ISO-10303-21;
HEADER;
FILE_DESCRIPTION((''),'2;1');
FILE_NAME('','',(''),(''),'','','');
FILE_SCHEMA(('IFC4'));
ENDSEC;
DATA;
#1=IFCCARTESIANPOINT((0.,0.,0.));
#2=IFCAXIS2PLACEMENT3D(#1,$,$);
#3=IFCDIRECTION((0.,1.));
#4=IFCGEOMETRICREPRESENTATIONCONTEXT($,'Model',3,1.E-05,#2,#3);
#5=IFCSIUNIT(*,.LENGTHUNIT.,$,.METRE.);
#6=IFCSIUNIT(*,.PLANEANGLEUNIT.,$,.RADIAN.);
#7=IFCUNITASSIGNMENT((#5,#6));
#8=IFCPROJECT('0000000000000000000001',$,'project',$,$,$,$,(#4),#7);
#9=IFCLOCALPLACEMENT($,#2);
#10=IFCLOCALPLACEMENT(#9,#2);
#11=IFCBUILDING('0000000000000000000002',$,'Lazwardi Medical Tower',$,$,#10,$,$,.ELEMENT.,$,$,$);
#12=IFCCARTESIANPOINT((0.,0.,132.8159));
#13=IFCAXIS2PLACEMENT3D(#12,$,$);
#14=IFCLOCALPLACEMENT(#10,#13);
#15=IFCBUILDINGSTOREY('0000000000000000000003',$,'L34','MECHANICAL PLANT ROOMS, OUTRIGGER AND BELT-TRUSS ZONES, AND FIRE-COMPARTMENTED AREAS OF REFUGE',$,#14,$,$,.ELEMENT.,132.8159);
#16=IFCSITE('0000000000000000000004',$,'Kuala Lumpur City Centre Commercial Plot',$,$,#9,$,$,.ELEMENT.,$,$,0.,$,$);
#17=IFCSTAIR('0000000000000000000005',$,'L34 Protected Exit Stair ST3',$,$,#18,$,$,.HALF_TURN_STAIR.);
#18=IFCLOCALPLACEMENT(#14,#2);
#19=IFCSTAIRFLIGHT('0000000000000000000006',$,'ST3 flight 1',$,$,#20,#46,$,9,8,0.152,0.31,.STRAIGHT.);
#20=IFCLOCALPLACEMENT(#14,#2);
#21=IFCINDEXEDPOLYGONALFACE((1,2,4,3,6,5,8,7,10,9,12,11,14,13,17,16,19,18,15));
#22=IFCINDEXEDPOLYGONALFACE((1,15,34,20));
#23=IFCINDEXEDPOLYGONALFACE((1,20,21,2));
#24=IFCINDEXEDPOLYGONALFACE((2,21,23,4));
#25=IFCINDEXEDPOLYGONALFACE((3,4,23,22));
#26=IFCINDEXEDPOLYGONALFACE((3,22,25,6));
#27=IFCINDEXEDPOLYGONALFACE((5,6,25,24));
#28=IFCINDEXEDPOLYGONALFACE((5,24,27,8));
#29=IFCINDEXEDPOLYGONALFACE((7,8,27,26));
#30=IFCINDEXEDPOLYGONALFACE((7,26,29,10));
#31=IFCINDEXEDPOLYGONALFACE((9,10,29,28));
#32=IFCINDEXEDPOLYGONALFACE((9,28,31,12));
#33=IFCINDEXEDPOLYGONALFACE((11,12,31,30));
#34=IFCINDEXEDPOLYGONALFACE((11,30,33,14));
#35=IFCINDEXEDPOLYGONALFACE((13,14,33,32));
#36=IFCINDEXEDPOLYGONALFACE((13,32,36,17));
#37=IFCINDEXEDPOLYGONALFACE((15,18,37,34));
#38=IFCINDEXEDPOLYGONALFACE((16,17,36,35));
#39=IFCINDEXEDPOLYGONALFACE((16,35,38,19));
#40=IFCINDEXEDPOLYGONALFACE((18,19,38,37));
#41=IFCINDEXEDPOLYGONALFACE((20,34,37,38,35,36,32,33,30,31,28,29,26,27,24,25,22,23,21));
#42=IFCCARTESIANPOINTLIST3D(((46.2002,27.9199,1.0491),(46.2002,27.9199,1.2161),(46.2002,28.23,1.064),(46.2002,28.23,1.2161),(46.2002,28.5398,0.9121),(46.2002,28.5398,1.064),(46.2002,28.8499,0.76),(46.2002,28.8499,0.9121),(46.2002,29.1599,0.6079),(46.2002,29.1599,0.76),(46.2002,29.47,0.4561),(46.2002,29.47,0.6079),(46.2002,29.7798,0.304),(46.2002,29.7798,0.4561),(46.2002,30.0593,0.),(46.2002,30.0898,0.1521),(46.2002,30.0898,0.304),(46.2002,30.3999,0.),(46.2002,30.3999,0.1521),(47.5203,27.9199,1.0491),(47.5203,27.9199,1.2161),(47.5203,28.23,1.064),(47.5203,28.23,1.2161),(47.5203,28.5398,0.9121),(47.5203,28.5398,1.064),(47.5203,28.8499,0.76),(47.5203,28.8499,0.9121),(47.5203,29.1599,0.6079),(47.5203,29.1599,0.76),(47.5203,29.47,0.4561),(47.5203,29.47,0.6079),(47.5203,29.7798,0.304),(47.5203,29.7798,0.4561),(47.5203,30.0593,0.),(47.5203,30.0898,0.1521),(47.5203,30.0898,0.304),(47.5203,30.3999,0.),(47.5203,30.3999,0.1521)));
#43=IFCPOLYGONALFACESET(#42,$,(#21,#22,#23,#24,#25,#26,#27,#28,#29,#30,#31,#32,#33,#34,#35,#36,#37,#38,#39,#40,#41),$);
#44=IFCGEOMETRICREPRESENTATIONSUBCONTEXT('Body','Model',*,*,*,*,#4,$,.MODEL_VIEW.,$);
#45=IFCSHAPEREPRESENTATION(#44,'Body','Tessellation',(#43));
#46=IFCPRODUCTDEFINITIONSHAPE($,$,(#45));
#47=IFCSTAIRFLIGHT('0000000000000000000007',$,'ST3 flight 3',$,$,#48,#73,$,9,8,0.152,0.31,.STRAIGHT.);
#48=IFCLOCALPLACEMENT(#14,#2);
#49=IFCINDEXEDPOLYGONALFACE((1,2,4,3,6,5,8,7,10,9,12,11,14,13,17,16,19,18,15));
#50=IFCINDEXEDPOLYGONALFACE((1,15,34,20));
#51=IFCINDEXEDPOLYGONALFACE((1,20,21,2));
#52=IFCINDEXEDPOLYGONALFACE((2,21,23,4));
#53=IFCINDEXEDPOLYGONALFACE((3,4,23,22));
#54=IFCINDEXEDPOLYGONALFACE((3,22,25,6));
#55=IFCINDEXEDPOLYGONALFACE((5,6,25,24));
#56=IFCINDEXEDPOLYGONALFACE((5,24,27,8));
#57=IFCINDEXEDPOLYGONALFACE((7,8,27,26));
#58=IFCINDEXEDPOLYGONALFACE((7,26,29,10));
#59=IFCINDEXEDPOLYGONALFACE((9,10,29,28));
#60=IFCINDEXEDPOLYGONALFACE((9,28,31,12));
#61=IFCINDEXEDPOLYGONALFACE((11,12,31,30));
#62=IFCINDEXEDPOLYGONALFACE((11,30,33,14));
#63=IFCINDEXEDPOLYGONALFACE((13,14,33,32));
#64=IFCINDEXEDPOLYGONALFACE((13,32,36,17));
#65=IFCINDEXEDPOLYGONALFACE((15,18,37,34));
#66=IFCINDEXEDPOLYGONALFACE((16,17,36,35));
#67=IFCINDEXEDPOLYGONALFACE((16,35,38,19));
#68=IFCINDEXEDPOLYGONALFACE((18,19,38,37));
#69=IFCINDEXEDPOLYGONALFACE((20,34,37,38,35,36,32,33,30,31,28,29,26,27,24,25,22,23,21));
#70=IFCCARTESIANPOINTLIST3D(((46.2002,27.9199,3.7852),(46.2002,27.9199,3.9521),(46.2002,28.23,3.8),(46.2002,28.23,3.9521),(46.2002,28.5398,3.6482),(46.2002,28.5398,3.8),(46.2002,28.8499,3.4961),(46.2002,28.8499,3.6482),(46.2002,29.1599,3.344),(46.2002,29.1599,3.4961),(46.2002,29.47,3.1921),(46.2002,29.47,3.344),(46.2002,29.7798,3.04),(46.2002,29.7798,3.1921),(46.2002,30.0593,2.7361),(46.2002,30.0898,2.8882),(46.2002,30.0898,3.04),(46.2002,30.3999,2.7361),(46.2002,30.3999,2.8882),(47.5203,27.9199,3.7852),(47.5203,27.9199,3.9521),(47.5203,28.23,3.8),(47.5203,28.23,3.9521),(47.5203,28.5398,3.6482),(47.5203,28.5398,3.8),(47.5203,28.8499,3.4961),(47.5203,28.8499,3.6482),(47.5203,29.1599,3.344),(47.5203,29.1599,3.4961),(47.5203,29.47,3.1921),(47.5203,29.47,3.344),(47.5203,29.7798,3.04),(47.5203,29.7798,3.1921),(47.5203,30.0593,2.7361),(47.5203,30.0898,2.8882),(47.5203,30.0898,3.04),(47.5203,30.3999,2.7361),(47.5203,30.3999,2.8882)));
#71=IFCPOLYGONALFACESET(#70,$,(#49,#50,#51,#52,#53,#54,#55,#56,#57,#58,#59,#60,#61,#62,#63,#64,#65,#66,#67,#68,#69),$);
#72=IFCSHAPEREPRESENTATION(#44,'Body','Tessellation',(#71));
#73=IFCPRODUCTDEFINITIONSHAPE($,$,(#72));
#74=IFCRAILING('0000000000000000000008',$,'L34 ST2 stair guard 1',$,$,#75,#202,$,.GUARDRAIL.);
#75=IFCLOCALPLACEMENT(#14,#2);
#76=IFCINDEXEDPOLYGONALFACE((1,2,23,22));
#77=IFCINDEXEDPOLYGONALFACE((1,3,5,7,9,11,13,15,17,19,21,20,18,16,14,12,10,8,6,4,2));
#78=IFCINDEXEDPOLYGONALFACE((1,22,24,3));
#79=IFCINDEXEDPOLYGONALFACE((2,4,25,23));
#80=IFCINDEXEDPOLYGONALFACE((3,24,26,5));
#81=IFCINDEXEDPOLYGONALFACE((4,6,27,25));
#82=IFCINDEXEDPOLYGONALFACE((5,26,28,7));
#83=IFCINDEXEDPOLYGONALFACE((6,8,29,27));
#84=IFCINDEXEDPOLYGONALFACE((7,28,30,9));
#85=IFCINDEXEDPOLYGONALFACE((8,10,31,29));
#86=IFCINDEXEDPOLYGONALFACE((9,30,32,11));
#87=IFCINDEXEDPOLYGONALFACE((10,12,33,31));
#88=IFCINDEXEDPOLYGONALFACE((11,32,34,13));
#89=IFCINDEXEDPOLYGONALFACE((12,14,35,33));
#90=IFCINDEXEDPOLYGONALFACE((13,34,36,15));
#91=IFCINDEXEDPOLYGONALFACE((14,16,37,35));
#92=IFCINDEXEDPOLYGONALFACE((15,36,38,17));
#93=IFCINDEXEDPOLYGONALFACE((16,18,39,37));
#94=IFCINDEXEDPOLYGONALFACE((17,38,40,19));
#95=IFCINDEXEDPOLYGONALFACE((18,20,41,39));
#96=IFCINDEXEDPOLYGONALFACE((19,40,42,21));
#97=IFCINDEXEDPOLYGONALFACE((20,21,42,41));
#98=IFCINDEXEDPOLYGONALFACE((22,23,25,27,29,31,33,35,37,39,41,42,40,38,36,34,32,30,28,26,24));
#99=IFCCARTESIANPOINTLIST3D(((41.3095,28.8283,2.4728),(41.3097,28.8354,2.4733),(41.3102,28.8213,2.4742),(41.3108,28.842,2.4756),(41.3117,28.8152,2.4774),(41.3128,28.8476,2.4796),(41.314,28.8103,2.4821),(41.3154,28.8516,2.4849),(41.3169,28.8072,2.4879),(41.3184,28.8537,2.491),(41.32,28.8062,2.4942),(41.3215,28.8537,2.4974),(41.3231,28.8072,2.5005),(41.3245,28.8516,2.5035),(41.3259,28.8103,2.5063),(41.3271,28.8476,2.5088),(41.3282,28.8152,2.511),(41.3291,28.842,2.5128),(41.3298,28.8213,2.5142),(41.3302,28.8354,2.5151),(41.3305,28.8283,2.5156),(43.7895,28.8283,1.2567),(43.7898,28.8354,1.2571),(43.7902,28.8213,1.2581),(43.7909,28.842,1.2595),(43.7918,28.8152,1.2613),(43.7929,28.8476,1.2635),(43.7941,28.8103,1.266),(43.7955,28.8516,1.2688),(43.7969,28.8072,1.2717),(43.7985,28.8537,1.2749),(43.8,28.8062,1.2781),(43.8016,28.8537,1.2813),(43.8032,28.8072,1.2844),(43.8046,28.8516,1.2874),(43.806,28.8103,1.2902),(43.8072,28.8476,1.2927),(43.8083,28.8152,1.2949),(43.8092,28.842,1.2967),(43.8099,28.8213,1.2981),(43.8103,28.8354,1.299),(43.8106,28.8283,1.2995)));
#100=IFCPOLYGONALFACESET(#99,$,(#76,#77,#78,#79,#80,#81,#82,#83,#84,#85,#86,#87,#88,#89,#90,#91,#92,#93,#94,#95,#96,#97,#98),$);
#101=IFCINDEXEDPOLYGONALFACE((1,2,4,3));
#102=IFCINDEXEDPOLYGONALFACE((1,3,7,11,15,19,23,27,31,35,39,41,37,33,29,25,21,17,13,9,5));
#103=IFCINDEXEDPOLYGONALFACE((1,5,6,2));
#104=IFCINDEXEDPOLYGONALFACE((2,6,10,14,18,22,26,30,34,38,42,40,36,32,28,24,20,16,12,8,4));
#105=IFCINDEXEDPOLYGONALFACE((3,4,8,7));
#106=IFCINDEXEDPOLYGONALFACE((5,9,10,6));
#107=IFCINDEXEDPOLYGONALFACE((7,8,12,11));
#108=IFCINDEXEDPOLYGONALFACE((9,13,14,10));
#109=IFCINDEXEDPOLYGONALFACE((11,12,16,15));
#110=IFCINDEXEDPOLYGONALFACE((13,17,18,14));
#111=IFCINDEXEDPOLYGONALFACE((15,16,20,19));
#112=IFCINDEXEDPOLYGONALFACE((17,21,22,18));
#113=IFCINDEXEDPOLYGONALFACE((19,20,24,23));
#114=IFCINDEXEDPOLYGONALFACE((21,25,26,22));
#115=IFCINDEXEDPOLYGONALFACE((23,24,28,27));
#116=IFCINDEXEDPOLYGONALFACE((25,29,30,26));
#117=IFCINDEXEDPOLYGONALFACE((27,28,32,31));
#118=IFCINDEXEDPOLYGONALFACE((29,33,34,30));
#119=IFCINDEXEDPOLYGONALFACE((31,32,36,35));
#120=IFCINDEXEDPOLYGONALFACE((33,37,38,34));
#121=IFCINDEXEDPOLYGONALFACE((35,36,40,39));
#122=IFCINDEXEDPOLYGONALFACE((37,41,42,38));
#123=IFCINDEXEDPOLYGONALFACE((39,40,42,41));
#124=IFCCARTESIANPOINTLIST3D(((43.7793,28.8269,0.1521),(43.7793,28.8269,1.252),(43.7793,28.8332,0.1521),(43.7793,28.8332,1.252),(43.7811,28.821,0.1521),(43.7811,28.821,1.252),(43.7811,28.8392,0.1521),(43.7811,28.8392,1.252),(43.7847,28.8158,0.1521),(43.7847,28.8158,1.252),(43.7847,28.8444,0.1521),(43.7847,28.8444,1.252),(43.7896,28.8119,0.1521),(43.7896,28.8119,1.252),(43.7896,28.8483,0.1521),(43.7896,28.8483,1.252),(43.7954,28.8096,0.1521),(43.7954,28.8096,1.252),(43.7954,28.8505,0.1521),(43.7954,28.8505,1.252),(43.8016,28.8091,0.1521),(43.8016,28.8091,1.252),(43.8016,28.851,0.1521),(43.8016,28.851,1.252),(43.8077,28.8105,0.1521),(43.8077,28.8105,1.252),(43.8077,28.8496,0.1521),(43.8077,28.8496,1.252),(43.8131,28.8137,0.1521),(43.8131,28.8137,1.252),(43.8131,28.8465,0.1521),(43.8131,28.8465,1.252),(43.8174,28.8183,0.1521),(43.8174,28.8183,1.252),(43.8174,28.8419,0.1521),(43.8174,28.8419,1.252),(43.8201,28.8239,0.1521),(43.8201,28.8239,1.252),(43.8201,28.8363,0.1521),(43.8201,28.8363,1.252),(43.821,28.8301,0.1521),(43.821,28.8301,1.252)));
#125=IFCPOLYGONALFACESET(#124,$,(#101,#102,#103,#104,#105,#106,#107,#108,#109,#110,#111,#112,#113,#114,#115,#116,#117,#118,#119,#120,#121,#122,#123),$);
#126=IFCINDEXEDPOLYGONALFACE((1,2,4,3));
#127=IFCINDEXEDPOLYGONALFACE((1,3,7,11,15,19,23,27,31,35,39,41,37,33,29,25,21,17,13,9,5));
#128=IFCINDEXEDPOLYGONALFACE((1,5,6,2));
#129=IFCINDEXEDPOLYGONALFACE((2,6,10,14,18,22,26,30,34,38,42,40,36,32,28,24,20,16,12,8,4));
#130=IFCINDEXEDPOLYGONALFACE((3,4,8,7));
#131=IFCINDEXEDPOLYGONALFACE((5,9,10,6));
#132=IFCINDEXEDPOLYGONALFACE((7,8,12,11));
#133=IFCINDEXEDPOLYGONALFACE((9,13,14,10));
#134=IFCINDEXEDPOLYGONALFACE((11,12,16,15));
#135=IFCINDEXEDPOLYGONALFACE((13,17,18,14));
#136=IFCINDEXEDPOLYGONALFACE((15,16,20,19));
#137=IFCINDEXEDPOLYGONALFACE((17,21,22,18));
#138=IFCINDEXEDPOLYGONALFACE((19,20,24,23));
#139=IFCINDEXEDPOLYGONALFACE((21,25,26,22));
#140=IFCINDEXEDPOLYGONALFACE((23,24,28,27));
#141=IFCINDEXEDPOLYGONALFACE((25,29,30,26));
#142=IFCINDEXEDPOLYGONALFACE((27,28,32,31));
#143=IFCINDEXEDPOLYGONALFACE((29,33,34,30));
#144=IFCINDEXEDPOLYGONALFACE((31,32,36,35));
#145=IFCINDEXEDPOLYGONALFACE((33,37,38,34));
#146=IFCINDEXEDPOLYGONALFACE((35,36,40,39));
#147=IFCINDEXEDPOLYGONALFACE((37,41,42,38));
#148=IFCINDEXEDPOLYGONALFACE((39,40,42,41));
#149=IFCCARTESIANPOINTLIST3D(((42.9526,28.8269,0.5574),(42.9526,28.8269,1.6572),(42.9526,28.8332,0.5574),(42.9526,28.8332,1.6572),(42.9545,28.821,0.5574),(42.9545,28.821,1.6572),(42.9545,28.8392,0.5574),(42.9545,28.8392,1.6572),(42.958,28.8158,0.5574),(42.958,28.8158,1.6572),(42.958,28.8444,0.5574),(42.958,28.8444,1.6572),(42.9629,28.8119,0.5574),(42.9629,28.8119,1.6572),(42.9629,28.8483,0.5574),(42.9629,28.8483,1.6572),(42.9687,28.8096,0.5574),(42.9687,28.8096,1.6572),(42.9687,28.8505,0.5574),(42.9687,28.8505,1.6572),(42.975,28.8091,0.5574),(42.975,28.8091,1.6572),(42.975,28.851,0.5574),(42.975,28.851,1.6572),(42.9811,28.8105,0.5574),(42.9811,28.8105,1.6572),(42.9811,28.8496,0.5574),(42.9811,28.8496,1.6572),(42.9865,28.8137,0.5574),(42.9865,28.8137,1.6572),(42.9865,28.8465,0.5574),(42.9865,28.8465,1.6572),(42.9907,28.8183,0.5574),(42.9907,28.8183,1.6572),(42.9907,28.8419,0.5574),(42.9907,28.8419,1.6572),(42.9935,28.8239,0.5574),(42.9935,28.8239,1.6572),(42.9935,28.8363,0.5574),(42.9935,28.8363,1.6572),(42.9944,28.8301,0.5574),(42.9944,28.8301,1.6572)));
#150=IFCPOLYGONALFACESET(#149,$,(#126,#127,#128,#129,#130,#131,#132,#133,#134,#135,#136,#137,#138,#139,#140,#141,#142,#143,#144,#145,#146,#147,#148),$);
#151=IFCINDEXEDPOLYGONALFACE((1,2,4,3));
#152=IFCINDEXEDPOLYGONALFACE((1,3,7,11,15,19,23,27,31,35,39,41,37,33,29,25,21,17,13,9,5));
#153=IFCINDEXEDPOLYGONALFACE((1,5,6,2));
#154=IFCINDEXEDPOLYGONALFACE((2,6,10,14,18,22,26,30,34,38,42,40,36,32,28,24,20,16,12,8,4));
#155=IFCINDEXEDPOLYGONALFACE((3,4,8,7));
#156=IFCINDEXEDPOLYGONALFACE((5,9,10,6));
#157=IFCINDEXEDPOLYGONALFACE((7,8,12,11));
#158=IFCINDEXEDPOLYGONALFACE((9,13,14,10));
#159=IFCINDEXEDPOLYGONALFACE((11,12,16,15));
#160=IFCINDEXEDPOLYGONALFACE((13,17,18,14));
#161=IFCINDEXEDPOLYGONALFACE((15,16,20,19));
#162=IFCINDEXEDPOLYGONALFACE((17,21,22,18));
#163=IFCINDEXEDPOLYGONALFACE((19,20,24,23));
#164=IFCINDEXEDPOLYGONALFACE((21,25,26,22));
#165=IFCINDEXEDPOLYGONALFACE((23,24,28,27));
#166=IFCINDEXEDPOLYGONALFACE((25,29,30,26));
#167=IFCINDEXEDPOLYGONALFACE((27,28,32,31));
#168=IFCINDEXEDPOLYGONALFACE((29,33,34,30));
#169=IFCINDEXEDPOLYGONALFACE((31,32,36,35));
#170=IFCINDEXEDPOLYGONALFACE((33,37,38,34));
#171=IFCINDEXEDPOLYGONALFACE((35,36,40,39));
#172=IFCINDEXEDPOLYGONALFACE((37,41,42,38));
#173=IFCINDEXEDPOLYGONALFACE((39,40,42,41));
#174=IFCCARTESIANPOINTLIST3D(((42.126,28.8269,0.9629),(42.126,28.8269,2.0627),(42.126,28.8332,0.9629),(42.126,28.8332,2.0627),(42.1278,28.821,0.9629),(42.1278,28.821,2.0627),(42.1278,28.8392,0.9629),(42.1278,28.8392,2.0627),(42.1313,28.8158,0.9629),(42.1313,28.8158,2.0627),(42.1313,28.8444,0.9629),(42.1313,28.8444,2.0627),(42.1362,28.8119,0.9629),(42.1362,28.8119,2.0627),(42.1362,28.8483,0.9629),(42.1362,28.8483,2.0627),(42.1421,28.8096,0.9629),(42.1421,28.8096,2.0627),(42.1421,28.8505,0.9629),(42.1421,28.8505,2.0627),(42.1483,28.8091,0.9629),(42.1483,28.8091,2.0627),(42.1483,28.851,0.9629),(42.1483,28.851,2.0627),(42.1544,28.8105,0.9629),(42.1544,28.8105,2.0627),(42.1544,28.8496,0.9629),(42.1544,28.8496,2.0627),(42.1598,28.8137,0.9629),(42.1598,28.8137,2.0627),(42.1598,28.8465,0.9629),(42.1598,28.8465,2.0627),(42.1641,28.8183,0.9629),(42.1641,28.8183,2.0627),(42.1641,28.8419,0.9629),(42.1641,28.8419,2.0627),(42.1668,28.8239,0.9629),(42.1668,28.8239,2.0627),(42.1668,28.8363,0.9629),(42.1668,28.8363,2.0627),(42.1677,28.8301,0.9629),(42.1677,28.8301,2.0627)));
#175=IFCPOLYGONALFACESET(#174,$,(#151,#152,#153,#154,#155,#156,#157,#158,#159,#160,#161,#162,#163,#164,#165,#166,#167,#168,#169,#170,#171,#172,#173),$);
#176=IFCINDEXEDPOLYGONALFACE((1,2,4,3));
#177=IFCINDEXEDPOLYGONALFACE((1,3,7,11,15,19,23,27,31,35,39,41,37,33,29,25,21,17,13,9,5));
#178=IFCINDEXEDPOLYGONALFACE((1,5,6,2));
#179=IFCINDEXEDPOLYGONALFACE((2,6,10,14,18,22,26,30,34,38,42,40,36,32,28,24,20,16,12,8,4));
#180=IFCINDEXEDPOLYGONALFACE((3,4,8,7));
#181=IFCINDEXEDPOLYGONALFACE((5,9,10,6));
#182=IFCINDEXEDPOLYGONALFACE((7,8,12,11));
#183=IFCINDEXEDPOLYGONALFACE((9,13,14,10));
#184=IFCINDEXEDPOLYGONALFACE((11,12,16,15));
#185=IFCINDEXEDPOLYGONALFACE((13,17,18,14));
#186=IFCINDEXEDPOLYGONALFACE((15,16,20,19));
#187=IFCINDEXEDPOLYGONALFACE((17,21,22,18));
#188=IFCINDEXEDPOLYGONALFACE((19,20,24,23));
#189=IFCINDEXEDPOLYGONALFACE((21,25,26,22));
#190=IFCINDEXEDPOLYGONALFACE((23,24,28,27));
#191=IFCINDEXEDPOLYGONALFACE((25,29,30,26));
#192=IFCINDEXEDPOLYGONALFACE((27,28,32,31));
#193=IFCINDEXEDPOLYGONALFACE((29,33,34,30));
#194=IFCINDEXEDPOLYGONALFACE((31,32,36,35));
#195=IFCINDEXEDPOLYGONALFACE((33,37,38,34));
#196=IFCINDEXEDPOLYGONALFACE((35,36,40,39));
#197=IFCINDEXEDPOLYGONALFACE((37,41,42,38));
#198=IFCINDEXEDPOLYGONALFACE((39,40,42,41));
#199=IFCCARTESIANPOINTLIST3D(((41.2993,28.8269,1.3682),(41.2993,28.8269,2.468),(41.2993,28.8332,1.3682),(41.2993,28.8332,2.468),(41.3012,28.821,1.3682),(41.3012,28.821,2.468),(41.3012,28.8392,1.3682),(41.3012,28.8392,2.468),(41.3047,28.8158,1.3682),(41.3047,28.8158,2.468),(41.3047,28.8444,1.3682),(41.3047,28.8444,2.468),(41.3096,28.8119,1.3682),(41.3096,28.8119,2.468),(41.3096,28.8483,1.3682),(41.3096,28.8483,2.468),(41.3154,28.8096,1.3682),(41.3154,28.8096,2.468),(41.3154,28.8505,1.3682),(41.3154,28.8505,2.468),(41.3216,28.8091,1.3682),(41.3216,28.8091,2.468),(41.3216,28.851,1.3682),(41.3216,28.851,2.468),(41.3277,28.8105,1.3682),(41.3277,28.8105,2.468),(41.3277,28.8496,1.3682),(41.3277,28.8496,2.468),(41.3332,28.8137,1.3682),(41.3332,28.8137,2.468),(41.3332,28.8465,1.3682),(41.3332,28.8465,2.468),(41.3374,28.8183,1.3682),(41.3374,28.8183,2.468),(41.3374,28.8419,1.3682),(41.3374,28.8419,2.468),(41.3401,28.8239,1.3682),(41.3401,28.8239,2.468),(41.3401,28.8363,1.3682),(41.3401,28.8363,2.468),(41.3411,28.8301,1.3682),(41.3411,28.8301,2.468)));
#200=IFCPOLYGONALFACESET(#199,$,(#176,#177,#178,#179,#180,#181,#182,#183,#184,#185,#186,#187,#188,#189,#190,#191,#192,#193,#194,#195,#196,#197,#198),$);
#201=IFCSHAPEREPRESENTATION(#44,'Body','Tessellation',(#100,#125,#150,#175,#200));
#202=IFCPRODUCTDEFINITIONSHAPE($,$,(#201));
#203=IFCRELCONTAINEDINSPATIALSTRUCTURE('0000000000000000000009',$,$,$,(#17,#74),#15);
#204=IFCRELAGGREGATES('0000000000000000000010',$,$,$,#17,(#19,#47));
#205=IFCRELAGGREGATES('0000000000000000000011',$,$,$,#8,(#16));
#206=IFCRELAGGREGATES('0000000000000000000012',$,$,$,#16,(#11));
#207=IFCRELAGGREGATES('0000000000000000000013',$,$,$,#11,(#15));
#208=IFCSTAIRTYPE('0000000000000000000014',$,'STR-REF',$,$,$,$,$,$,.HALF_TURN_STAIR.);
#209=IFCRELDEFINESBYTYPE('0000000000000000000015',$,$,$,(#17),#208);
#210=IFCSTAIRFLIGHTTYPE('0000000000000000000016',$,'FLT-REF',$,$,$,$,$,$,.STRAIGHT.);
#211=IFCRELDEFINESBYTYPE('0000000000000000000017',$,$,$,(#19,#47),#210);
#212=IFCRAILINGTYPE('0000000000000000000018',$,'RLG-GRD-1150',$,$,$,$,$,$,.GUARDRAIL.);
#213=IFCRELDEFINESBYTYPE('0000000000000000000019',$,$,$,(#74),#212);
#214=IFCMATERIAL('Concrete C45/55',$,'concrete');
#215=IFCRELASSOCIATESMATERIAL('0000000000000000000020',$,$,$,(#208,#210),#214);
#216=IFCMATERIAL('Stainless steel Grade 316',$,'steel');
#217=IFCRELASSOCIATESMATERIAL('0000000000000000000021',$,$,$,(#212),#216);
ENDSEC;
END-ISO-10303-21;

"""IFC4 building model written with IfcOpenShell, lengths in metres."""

from ifc_helpers import new_model, si_unit, direction, frame, origin, origin_2d, place, context, subcontext, project, spatial, polyline, circle, outline, extrude, material, type_object, element, aggregate, save


model = new_model("IFC4")

# Units and contexts
model_context = context("Model", 3, precision=1e-05, world=origin(), true_north=direction((0.0, 1.0)))
body_context = subcontext(model_context, "Body", "Model", "MODEL_VIEW")
ifc_project = project(units=[si_unit("LENGTHUNIT", "METRE"), si_unit("PLANEANGLEUNIT", "RADIAN")], contexts=[model_context])

# Site, building, storey
site_placement = place(None, origin())
site = spatial("IfcSite", under=ifc_project, at=site_placement, Name="Kuala Lumpur City Centre Commercial Plot", CompositionType="ELEMENT", RefElevation=0.0)
building_placement = place(site_placement, origin())
building = spatial("IfcBuilding", under=site, at=building_placement, Name="Lazwardi Medical Tower", CompositionType="ELEMENT")
storey_placement = place(building_placement, frame((0.0, 0.0, 132.8159)))
storey = spatial("IfcBuildingStorey", under=building, at=storey_placement, Name="L34", Description="MECHANICAL PLANT ROOMS, OUTRIGGER AND BELT-TRUSS ZONES, AND FIRE-COMPARTMENTED AREAS OF REFUGE", CompositionType="ELEMENT", Elevation=132.8159)

# Stair, stair flights
ifc_material_1 = material(Name="Concrete C45/55", Category="concrete")
stair_type = type_object("IfcStairType", Name="STR-REF", PredefinedType="HALF_TURN_STAIR", material=ifc_material_1)
stair_flight_type = type_object("IfcStairFlightType", Name="FLT-REF", PredefinedType="STRAIGHT", material=ifc_material_1)
stair_1_placement = place(storey_placement, origin())
stair_1 = element("IfcStair", 1, at=stair_1_placement, inside=storey, type_object=stair_type, Name="L34 Protected Exit Stair ST3", PredefinedType="HALF_TURN_STAIR")
stair_flight_1_placement = place(storey_placement, frame((46.8601, 30.3999, 0.0), z_axis=(0.0, 0.0, 1.0), x_axis=(0.0, -1.0, 0.0)))
stair_flight_1 = element("IfcStairFlight", 2, at=stair_flight_1_placement, type_object=stair_flight_type, Name="ST3 flight 1", NumberOfRisers=9, NumberOfTreads=8, PredefinedType="STRAIGHT", RiserHeight=0.152, TreadLength=0.31, context=body_context, shape_type="SweptSolid", body=[
    extrude(outline(polyline([(0.0, 0.0), (0.0, 0.1521), (0.3101, 0.1521), (0.3101, 0.304), (0.6201, 0.304), (0.6201, 0.4561), (0.9299, 0.4561), (0.9299, 0.6079), (1.24, 0.6079), (1.24, 0.76), (1.55, 0.76), (1.55, 0.9121), (1.8601, 0.9121), (1.8601, 1.064), (2.1699, 1.064), (2.1699, 1.2161), (2.48, 1.2161), (2.48, 1.3679), (2.48, 1.0491), (0.3406, 0.0), (0.0, 0.0)])), frame((0.0, 0.6602, 0.0), z_axis=(0.0, -1.0, 0.0), x_axis=(1.0, 0.0, 0.0)), (0.0, 0.0, 1.0), 1.3201),
])
stair_flight_2_placement = place(storey_placement, frame((46.8601, 30.3999, 2.7361), z_axis=(0.0, 0.0, 1.0), x_axis=(0.0, -1.0, 0.0)))
stair_flight_2 = element("IfcStairFlight", 3, at=stair_flight_2_placement, type_object=stair_flight_type, Name="ST3 flight 3", NumberOfRisers=9, NumberOfTreads=8, PredefinedType="STRAIGHT", RiserHeight=0.152, TreadLength=0.31, context=body_context, shape_type="SweptSolid", body=[
    extrude(outline(polyline([(0.0, 0.0), (0.0, 0.1521), (0.3101, 0.1521), (0.3101, 0.304), (0.6201, 0.304), (0.6201, 0.4561), (0.9299, 0.4561), (0.9299, 0.6079), (1.24, 0.6079), (1.24, 0.76), (1.55, 0.76), (1.55, 0.9121), (1.8601, 0.9121), (1.8601, 1.064), (2.1699, 1.064), (2.1699, 1.2161), (2.48, 1.2161), (2.48, 1.3679), (2.48, 1.0491), (0.3406, 0.0), (0.0, 0.0)])), frame((0.0, 0.6602, 0.0), z_axis=(0.0, -1.0, 0.0), x_axis=(1.0, 0.0, 0.0)), (0.0, 0.0, 1.0), 1.3201),
])
aggregate(stair_1, [stair_flight_1, stair_flight_2])

# Railing
ifc_material_2 = material(Name="Stainless steel Grade 316", Category="steel")
railing_type_1 = type_object("IfcRailingType", Name="RLG-GRD-1150", PredefinedType="GUARDRAIL", material=ifc_material_2)
railing_1_placement = place(storey_placement, frame((43.8, 28.8301, 0.1521)))
element("IfcRailing", 4, at=railing_1_placement, inside=storey, type_object=railing_type_1, Name="L34 ST2 stair guard 1", PredefinedType="GUARDRAIL", context=body_context, shape_type="SweptSolid", body=[
    extrude(circle(Radius=0.0239, at=origin_2d()), frame((0.0, 0.0, 1.126), z_axis=(-0.897865, 0.0, 0.44027), x_axis=(0.0, -1.0, 0.0)), (0.0, 0.0, 1.0), 2.7622),
    extrude(circle(Radius=0.021, at=origin_2d()), origin(), (0.0, 0.0, 1.0), 1.0999),
    extrude(circle(Radius=0.021, at=origin_2d()), frame((-0.8267, 0.0, 0.4053)), (0.0, 0.0, 1.0), 1.0999),
    extrude(circle(Radius=0.021, at=origin_2d()), frame((-1.6533, 0.0, 0.8108)), (0.0, 0.0, 1.0), 1.0999),
    extrude(circle(Radius=0.021, at=origin_2d()), frame((-2.48, 0.0, 1.2161)), (0.0, 0.0, 1.0), 1.0999),
])

save(model, "model.ifc")
